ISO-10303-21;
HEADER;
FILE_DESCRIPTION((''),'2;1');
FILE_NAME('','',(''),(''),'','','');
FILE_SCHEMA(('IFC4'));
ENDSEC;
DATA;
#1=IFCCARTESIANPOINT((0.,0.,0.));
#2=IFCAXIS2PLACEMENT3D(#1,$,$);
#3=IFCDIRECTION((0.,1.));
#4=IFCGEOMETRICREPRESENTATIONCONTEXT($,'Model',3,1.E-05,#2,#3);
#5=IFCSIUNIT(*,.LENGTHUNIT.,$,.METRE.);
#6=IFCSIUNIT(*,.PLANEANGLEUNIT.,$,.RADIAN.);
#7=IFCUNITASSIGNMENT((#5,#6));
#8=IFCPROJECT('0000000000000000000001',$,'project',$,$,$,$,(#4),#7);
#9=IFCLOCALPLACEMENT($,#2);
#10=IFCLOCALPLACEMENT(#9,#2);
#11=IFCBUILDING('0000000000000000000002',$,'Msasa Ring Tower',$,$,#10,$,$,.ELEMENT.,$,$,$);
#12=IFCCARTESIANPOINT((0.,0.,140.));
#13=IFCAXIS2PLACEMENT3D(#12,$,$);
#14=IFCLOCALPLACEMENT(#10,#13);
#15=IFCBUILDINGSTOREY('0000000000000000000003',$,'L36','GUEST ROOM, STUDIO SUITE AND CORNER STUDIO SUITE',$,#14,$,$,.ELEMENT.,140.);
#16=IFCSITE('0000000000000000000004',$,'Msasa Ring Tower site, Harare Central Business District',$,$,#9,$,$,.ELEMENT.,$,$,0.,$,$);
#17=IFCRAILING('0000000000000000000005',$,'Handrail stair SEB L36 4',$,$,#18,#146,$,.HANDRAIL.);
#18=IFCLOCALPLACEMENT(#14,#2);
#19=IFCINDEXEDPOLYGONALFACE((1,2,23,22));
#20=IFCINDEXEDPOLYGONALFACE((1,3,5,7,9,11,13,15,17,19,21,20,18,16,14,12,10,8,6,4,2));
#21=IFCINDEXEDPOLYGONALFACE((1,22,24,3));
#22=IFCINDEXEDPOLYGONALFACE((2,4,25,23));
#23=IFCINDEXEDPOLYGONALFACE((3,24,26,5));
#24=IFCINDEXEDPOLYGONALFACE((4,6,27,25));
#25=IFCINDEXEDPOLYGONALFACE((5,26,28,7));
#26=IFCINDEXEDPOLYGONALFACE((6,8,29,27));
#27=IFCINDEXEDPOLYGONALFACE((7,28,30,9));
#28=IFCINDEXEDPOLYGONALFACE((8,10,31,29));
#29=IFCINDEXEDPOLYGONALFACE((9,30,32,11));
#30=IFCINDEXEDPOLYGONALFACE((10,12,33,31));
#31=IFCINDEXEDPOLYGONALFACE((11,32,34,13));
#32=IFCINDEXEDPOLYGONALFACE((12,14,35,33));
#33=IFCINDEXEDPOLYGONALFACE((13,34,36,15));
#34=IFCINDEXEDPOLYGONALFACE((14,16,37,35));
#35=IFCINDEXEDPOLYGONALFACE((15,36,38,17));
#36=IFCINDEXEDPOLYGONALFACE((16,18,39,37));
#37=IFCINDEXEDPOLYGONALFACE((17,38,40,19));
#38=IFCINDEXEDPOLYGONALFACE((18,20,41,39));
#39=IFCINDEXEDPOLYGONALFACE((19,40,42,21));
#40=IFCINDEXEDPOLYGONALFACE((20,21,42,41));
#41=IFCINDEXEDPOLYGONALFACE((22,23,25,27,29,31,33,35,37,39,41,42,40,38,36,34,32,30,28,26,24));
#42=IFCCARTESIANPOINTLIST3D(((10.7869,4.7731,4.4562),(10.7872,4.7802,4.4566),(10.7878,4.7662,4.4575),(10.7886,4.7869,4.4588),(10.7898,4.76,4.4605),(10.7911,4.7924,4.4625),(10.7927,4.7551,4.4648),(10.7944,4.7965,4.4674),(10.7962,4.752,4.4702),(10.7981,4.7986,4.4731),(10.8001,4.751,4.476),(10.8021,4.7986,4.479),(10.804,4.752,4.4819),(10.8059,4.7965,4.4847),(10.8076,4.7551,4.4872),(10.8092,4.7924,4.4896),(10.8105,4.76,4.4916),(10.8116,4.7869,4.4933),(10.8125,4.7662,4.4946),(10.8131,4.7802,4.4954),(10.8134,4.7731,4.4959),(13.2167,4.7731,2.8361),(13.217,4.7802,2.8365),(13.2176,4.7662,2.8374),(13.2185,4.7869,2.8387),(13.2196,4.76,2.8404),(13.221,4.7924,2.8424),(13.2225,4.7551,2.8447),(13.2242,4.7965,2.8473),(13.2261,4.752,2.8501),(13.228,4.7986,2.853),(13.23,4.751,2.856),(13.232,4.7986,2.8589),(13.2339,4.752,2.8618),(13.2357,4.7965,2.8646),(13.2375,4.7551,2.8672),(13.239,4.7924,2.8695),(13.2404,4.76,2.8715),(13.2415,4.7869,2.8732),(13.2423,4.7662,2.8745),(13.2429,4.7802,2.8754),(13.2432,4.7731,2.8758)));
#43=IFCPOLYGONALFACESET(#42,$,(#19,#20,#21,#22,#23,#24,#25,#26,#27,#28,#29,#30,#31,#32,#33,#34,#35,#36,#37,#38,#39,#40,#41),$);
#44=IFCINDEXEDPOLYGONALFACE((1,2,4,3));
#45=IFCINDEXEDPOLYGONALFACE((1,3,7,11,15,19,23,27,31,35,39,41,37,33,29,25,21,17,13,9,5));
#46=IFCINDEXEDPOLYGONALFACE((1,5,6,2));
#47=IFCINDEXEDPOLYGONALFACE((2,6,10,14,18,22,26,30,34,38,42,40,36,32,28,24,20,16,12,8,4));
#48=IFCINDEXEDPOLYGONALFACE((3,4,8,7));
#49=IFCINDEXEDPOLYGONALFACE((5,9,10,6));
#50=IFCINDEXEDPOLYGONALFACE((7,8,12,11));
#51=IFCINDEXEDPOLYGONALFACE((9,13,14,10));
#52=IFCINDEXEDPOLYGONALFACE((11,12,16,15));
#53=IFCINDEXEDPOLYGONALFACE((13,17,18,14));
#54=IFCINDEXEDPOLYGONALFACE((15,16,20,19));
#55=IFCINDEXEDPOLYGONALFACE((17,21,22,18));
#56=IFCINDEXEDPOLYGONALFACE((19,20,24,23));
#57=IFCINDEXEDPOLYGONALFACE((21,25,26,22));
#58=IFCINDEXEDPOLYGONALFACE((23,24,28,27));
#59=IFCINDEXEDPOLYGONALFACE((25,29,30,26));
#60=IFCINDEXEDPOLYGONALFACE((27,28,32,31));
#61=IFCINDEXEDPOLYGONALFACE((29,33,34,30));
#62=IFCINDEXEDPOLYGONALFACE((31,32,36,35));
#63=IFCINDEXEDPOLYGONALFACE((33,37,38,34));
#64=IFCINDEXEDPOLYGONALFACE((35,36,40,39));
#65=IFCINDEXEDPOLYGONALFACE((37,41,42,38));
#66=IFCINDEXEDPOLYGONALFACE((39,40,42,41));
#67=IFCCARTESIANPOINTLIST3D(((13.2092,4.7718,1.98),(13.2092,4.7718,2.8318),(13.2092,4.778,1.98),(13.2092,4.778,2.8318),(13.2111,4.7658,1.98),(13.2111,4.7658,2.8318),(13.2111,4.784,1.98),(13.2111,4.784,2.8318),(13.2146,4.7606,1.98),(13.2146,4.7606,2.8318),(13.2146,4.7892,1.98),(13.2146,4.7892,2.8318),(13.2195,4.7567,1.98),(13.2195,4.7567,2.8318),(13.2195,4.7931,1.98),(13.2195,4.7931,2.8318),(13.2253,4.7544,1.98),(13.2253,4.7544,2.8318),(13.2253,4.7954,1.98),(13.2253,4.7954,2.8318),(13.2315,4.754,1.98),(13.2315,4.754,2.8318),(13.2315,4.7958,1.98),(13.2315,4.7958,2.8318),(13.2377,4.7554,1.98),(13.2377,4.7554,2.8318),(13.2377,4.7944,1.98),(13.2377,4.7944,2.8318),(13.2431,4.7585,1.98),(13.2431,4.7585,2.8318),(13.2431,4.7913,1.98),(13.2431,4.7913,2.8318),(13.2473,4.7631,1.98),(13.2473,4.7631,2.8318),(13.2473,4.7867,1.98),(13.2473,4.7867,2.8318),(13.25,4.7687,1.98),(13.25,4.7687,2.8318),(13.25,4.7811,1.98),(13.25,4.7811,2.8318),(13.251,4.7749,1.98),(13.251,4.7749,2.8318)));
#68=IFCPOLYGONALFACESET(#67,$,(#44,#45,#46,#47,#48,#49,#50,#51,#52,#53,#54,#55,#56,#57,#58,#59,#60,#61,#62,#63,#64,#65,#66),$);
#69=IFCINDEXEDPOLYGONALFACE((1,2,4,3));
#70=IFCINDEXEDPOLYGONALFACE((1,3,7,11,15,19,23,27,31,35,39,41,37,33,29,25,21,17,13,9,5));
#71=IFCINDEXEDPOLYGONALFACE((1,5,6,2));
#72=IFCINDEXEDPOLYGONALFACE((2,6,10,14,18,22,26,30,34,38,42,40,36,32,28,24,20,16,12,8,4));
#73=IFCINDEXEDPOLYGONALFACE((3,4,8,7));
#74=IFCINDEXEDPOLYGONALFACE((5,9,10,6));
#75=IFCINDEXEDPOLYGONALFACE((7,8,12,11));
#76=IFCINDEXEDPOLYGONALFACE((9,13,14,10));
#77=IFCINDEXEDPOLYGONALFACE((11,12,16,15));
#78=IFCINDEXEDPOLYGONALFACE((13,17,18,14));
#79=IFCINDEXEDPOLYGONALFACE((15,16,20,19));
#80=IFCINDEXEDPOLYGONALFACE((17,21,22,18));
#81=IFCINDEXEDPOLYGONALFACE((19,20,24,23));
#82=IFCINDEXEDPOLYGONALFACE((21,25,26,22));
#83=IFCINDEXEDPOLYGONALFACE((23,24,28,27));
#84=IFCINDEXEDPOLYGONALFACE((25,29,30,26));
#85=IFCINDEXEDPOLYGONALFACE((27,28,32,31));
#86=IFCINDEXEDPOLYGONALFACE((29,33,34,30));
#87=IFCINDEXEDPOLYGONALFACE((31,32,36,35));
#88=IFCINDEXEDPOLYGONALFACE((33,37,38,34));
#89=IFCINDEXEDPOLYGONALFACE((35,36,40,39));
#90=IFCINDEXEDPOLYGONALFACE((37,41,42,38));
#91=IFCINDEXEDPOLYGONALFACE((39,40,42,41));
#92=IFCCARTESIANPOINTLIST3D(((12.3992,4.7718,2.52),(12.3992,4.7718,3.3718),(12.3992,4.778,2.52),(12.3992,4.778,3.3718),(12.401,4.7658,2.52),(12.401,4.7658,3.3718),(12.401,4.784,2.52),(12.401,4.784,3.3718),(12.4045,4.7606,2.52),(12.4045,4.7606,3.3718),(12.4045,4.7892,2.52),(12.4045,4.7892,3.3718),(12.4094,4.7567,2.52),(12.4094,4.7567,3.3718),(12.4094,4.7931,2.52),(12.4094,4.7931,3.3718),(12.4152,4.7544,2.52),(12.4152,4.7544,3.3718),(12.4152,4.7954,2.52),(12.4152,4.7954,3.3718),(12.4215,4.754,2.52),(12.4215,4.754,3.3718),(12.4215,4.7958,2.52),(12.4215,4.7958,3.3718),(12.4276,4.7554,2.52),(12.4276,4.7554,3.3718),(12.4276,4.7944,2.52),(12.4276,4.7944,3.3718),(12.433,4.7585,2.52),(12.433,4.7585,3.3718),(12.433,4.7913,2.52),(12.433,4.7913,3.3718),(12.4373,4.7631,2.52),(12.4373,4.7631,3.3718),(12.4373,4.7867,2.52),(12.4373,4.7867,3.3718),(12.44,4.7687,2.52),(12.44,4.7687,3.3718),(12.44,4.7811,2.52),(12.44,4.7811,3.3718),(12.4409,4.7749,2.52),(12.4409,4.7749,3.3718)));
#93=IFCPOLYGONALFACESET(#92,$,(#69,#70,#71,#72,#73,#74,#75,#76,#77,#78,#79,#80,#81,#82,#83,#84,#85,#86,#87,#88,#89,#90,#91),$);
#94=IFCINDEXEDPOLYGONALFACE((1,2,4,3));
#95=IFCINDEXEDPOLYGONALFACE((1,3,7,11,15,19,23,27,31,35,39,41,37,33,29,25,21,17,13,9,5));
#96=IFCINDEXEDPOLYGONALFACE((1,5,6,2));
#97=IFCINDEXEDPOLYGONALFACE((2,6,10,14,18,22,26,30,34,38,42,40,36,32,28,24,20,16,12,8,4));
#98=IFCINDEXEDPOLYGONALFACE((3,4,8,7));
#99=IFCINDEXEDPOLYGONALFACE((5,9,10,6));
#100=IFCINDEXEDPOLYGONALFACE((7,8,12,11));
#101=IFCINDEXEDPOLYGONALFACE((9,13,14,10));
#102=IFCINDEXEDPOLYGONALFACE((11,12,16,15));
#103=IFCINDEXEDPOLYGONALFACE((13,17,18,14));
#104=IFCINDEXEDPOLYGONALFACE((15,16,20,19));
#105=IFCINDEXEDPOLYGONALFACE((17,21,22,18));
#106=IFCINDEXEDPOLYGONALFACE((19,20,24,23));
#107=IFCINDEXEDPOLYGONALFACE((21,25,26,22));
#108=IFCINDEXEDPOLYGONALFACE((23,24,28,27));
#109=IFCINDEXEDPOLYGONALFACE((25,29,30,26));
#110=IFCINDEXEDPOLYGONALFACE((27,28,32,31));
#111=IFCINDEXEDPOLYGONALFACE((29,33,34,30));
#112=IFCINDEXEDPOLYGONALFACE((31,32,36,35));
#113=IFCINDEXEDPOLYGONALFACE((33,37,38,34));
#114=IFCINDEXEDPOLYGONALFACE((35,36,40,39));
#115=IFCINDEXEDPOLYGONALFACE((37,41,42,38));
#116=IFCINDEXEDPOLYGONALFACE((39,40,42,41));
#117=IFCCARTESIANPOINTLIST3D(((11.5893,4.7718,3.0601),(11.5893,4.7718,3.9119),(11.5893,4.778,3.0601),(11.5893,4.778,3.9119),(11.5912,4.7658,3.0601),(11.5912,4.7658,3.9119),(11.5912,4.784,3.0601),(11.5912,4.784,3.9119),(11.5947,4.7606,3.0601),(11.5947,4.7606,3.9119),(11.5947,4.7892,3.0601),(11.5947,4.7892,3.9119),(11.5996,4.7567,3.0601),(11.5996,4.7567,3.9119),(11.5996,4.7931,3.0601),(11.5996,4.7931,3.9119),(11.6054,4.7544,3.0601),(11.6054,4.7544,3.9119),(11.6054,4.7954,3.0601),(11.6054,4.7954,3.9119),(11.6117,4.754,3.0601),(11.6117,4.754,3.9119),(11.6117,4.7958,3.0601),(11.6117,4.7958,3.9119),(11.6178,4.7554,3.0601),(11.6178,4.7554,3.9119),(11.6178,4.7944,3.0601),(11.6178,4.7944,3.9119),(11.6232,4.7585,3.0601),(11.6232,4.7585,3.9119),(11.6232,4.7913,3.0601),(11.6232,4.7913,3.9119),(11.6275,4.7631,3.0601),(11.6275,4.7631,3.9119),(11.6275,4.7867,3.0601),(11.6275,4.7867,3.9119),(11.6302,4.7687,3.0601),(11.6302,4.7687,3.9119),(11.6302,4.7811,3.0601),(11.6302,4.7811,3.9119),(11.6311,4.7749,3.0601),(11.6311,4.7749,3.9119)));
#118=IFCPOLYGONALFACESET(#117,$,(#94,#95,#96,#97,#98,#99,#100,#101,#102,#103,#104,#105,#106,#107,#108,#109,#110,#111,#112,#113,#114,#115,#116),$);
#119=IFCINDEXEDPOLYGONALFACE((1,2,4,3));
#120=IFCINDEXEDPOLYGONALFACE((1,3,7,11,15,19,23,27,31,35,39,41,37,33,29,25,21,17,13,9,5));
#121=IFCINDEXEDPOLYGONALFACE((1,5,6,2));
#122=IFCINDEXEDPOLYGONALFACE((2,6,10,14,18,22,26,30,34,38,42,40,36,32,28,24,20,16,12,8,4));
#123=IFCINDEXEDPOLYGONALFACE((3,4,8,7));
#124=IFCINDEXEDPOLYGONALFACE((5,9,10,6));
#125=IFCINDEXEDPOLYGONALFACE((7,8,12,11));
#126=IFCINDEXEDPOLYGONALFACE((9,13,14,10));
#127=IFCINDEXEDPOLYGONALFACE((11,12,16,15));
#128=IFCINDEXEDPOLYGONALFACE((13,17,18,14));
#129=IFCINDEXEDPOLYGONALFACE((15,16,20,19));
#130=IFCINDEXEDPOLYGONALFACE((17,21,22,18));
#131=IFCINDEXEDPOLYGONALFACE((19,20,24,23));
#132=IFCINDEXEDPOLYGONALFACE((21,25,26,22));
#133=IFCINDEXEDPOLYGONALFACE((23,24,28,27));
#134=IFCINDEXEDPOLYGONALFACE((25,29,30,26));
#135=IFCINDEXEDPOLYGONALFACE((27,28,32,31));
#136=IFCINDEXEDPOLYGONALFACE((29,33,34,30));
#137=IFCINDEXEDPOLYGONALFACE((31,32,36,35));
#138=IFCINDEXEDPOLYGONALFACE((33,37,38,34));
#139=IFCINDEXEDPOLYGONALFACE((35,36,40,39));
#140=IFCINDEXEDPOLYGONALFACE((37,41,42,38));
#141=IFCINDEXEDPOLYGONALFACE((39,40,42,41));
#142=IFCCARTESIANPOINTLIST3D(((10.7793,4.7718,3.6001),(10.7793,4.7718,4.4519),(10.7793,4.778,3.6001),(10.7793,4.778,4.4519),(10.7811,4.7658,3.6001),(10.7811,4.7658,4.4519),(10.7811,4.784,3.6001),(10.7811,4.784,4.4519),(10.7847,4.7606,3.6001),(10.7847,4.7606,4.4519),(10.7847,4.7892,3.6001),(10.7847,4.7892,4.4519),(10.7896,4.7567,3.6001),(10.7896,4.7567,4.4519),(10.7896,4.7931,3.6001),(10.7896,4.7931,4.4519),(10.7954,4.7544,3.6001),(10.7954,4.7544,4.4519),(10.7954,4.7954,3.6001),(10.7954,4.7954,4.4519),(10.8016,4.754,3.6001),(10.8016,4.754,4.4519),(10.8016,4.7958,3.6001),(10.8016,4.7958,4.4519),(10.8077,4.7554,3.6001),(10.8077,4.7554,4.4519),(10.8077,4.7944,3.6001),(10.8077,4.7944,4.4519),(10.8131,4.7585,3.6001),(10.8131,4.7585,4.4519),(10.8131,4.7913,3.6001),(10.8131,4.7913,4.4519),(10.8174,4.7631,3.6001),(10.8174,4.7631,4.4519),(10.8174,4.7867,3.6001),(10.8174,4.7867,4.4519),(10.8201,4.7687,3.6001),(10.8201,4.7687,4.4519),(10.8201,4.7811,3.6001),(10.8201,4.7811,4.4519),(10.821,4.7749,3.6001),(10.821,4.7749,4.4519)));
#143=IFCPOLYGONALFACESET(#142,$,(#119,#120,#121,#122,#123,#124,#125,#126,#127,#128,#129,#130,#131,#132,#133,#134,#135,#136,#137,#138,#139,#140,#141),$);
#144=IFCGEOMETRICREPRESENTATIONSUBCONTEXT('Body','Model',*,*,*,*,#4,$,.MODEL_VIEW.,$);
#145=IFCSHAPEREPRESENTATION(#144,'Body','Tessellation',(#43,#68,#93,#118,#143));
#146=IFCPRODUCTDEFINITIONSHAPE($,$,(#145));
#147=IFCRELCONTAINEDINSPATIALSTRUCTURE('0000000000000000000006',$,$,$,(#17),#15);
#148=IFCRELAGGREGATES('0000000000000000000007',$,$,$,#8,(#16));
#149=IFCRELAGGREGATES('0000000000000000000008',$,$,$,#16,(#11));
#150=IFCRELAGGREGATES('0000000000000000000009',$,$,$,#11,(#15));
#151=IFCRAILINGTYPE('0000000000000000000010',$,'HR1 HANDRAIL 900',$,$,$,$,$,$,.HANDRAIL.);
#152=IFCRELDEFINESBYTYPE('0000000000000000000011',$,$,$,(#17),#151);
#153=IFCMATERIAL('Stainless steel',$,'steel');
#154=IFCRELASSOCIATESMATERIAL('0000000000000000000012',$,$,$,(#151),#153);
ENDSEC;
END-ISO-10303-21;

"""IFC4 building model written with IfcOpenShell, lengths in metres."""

from ifc_helpers import new_model, si_unit, direction, frame, origin, origin_2d, place, context, subcontext, project, spatial, circle, extrude, material, type_object, element, save


model = new_model("IFC4")

# Units and contexts
model_context = context("Model", 3, precision=1e-05, world=origin(), true_north=direction((0.0, 1.0)))
body_context = subcontext(model_context, "Body", "Model", "MODEL_VIEW")
ifc_project = project(units=[si_unit("LENGTHUNIT", "METRE"), si_unit("PLANEANGLEUNIT", "RADIAN")], contexts=[model_context])

# Site, building, storey
site_placement = place(None, origin())
site = spatial("IfcSite", under=ifc_project, at=site_placement, Name="Msasa Ring Tower site, Harare Central Business District", CompositionType="ELEMENT", RefElevation=0.0)
building_placement = place(site_placement, origin())
building = spatial("IfcBuilding", under=site, at=building_placement, Name="Msasa Ring Tower", CompositionType="ELEMENT")
storey_placement = place(building_placement, frame((0.0, 0.0, 140.0)))
storey = spatial("IfcBuildingStorey", under=building, at=storey_placement, Name="L36", Description="GUEST ROOM, STUDIO SUITE AND CORNER STUDIO SUITE", CompositionType="ELEMENT", Elevation=140.0)

# Railing
ifc_material_1 = material(Name="Stainless steel", Category="steel")
railing_type = type_object("IfcRailingType", Name="HR1 HANDRAIL 900", PredefinedType="HANDRAIL", material=ifc_material_1)
for number, where, name in (
    (1, (13.23, 4.7749, 1.98), "Handrail stair SEB L36 4"),
):
    element("IfcRailing", number, at=place(storey_placement, frame(where)), inside=storey, type_object=railing_type, Name=name, PredefinedType="HANDRAIL", context=body_context, shape_type="SweptSolid", body=[
        extrude(circle(Radius=0.0239, at=origin_2d()), frame((0.0, 0.0, 0.876), z_axis=(-0.832025, 0.0, 0.554739), x_axis=(0.0, -1.0, 0.0)), (0.0, 0.0, 1.0), 2.9204),
        extrude(circle(Radius=0.021, at=origin_2d()), origin(), (0.0, 0.0, 1.0), 0.8518),
        extrude(circle(Radius=0.021, at=origin_2d()), frame((-0.8101, 0.0, 0.54)), (0.0, 0.0, 1.0), 0.8518),
        extrude(circle(Radius=0.021, at=origin_2d()), frame((-1.6199, 0.0, 1.0801)), (0.0, 0.0, 1.0), 0.8518),
        extrude(circle(Radius=0.021, at=origin_2d()), frame((-2.4299, 0.0, 1.6201)), (0.0, 0.0, 1.0), 0.8518),
    ])

save(model, "model.ifc")
